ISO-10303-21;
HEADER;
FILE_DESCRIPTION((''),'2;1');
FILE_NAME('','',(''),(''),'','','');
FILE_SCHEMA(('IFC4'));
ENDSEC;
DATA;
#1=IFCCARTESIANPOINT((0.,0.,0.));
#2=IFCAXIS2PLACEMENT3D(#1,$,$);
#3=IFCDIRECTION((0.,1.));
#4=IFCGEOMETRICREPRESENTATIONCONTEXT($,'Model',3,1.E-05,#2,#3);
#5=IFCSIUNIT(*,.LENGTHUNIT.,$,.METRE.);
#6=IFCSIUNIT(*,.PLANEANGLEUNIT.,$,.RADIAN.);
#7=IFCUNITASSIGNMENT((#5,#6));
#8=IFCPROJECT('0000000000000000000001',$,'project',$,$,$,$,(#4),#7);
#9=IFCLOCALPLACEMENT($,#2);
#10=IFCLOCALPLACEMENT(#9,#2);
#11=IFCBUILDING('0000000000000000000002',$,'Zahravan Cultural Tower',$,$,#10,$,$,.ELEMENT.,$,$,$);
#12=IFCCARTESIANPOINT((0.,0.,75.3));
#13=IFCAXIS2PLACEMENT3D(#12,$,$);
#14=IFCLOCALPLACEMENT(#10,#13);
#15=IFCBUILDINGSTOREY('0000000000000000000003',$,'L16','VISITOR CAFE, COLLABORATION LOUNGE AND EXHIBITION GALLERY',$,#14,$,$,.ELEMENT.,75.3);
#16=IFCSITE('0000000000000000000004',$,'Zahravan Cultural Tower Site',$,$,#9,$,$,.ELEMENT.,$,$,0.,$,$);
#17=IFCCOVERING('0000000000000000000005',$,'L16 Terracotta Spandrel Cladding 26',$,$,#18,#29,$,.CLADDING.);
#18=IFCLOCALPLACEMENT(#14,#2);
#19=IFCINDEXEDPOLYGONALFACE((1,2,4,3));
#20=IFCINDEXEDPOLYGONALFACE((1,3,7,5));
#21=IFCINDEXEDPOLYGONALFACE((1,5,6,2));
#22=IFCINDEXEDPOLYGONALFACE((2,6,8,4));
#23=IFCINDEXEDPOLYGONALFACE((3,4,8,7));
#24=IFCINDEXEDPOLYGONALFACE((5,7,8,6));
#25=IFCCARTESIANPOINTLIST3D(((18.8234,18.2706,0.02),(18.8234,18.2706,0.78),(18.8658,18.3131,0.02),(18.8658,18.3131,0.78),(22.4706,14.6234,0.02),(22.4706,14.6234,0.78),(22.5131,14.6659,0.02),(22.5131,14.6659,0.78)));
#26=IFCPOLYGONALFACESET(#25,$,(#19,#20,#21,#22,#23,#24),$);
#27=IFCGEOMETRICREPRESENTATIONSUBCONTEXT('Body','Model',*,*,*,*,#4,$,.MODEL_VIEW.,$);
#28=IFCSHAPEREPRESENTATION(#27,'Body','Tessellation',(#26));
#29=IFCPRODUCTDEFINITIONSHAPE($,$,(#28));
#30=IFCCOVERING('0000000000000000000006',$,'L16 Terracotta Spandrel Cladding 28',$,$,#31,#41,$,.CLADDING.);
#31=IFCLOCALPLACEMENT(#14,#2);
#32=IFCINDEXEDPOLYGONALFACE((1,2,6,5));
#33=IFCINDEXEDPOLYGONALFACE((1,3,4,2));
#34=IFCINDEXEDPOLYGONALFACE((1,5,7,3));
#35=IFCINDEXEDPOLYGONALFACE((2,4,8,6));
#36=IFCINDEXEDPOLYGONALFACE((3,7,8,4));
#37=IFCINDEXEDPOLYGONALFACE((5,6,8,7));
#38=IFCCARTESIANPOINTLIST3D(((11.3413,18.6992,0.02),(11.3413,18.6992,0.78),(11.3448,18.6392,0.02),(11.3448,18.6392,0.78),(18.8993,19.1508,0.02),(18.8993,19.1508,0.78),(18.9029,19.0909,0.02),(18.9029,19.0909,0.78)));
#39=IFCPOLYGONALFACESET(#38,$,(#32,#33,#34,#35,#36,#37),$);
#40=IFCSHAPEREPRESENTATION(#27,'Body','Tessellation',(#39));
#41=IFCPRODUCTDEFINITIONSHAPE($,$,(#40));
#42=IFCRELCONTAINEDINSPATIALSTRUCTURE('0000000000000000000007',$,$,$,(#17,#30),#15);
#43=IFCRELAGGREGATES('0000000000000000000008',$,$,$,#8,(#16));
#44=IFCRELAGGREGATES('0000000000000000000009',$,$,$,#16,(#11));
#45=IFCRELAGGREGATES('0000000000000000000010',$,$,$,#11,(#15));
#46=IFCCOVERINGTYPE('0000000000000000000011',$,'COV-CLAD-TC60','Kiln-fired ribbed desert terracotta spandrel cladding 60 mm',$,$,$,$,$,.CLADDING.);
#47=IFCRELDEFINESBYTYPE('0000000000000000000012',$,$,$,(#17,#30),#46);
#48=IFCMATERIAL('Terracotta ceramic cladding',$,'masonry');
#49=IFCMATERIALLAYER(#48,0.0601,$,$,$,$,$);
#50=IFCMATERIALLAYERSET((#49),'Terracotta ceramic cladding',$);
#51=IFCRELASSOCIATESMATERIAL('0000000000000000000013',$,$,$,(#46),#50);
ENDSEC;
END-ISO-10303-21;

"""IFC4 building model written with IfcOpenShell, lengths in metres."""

from ifc_helpers import new_model, si_unit, direction, frame, origin, origin_2d, place, context, subcontext, project, spatial, rectangle, extrude, source, transform, mapped, material, layer, layer_set, type_object, element, save


model = new_model("IFC4")

# Units and contexts
model_context = context("Model", 3, precision=1e-05, world=origin(), true_north=direction((0.0, 1.0)))
body_context = subcontext(model_context, "Body", "Model", "MODEL_VIEW")
ifc_project = project(units=[si_unit("LENGTHUNIT", "METRE"), si_unit("PLANEANGLEUNIT", "RADIAN")], contexts=[model_context])

# Site, building, storey
site_placement = place(None, origin())
site = spatial("IfcSite", under=ifc_project, at=site_placement, Name="Zahravan Cultural Tower Site", CompositionType="ELEMENT", RefElevation=0.0)
building_placement = place(site_placement, origin())
building = spatial("IfcBuilding", under=site, at=building_placement, Name="Zahravan Cultural Tower", CompositionType="ELEMENT")
storey_placement = place(building_placement, frame((0.0, 0.0, 75.3)))
storey = spatial("IfcBuildingStorey", under=building, at=storey_placement, Name="L16", Description="VISITOR CAFE, COLLABORATION LOUNGE AND EXHIBITION GALLERY", CompositionType="ELEMENT", Elevation=75.3)

# Coverings
ifc_material_1 = material(Name="Terracotta ceramic cladding", Category="masonry")
ifc_layer_1 = layer(ifc_material_1, 0.0601)
ifc_layer_set_1 = layer_set([ifc_layer_1], Name="Terracotta ceramic cladding")
covering_type_1 = type_object("IfcCoveringType", Name="COV-CLAD-TC60", Description="Kiln-fired ribbed desert terracotta spandrel cladding 60 mm", PredefinedType="CLADDING", material=ifc_layer_set_1)
shared_shape_1 = source(origin(), body_context, "Body", "SweptSolid", [
    extrude(rectangle(XDim=5.158, YDim=0.0601, at=origin_2d()), origin(), (0.0, 0.0, 1.0), 0.76),
])
covering_1_placement = place(storey_placement, frame((20.6682, 16.4683, 0.02), z_axis=(0.0, 0.0, 1.0), x_axis=(-0.707107, 0.707107, 0.0)))
element("IfcCovering", 1, at=covering_1_placement, inside=storey, type_object=covering_type_1, Name="L16 Terracotta Spandrel Cladding 26", PredefinedType="CLADDING", context=body_context, shape_type="MappedRepresentation", body=[
    mapped(shared_shape_1, transform((0.0, 0.0, 0.0), x_axis=(1.0, 0.0, 0.0), y_axis=(0.0, 1.0, 0.0), z_axis=(0.0, 0.0, 1.0), scale=1.0)),
])
shared_shape_2 = source(origin(), body_context, "Body", "SweptSolid", [
    extrude(rectangle(XDim=7.5715, YDim=0.0601, at=origin_2d()), origin(), (0.0, 0.0, 1.0), 0.76),
])
covering_2_placement = place(storey_placement, frame((15.1221, 18.895, 0.02), z_axis=(0.0, 0.0, 1.0), x_axis=(-0.998219, -0.059655, 0.0)))
element("IfcCovering", 2, at=covering_2_placement, inside=storey, type_object=covering_type_1, Name="L16 Terracotta Spandrel Cladding 28", PredefinedType="CLADDING", context=body_context, shape_type="MappedRepresentation", body=[
    mapped(shared_shape_2, transform((0.0, 0.0, 0.0), x_axis=(1.0, 0.0, 0.0), y_axis=(0.0, 1.0, 0.0), z_axis=(0.0, 0.0, 1.0), scale=1.0)),
])

save(model, "model.ifc")
